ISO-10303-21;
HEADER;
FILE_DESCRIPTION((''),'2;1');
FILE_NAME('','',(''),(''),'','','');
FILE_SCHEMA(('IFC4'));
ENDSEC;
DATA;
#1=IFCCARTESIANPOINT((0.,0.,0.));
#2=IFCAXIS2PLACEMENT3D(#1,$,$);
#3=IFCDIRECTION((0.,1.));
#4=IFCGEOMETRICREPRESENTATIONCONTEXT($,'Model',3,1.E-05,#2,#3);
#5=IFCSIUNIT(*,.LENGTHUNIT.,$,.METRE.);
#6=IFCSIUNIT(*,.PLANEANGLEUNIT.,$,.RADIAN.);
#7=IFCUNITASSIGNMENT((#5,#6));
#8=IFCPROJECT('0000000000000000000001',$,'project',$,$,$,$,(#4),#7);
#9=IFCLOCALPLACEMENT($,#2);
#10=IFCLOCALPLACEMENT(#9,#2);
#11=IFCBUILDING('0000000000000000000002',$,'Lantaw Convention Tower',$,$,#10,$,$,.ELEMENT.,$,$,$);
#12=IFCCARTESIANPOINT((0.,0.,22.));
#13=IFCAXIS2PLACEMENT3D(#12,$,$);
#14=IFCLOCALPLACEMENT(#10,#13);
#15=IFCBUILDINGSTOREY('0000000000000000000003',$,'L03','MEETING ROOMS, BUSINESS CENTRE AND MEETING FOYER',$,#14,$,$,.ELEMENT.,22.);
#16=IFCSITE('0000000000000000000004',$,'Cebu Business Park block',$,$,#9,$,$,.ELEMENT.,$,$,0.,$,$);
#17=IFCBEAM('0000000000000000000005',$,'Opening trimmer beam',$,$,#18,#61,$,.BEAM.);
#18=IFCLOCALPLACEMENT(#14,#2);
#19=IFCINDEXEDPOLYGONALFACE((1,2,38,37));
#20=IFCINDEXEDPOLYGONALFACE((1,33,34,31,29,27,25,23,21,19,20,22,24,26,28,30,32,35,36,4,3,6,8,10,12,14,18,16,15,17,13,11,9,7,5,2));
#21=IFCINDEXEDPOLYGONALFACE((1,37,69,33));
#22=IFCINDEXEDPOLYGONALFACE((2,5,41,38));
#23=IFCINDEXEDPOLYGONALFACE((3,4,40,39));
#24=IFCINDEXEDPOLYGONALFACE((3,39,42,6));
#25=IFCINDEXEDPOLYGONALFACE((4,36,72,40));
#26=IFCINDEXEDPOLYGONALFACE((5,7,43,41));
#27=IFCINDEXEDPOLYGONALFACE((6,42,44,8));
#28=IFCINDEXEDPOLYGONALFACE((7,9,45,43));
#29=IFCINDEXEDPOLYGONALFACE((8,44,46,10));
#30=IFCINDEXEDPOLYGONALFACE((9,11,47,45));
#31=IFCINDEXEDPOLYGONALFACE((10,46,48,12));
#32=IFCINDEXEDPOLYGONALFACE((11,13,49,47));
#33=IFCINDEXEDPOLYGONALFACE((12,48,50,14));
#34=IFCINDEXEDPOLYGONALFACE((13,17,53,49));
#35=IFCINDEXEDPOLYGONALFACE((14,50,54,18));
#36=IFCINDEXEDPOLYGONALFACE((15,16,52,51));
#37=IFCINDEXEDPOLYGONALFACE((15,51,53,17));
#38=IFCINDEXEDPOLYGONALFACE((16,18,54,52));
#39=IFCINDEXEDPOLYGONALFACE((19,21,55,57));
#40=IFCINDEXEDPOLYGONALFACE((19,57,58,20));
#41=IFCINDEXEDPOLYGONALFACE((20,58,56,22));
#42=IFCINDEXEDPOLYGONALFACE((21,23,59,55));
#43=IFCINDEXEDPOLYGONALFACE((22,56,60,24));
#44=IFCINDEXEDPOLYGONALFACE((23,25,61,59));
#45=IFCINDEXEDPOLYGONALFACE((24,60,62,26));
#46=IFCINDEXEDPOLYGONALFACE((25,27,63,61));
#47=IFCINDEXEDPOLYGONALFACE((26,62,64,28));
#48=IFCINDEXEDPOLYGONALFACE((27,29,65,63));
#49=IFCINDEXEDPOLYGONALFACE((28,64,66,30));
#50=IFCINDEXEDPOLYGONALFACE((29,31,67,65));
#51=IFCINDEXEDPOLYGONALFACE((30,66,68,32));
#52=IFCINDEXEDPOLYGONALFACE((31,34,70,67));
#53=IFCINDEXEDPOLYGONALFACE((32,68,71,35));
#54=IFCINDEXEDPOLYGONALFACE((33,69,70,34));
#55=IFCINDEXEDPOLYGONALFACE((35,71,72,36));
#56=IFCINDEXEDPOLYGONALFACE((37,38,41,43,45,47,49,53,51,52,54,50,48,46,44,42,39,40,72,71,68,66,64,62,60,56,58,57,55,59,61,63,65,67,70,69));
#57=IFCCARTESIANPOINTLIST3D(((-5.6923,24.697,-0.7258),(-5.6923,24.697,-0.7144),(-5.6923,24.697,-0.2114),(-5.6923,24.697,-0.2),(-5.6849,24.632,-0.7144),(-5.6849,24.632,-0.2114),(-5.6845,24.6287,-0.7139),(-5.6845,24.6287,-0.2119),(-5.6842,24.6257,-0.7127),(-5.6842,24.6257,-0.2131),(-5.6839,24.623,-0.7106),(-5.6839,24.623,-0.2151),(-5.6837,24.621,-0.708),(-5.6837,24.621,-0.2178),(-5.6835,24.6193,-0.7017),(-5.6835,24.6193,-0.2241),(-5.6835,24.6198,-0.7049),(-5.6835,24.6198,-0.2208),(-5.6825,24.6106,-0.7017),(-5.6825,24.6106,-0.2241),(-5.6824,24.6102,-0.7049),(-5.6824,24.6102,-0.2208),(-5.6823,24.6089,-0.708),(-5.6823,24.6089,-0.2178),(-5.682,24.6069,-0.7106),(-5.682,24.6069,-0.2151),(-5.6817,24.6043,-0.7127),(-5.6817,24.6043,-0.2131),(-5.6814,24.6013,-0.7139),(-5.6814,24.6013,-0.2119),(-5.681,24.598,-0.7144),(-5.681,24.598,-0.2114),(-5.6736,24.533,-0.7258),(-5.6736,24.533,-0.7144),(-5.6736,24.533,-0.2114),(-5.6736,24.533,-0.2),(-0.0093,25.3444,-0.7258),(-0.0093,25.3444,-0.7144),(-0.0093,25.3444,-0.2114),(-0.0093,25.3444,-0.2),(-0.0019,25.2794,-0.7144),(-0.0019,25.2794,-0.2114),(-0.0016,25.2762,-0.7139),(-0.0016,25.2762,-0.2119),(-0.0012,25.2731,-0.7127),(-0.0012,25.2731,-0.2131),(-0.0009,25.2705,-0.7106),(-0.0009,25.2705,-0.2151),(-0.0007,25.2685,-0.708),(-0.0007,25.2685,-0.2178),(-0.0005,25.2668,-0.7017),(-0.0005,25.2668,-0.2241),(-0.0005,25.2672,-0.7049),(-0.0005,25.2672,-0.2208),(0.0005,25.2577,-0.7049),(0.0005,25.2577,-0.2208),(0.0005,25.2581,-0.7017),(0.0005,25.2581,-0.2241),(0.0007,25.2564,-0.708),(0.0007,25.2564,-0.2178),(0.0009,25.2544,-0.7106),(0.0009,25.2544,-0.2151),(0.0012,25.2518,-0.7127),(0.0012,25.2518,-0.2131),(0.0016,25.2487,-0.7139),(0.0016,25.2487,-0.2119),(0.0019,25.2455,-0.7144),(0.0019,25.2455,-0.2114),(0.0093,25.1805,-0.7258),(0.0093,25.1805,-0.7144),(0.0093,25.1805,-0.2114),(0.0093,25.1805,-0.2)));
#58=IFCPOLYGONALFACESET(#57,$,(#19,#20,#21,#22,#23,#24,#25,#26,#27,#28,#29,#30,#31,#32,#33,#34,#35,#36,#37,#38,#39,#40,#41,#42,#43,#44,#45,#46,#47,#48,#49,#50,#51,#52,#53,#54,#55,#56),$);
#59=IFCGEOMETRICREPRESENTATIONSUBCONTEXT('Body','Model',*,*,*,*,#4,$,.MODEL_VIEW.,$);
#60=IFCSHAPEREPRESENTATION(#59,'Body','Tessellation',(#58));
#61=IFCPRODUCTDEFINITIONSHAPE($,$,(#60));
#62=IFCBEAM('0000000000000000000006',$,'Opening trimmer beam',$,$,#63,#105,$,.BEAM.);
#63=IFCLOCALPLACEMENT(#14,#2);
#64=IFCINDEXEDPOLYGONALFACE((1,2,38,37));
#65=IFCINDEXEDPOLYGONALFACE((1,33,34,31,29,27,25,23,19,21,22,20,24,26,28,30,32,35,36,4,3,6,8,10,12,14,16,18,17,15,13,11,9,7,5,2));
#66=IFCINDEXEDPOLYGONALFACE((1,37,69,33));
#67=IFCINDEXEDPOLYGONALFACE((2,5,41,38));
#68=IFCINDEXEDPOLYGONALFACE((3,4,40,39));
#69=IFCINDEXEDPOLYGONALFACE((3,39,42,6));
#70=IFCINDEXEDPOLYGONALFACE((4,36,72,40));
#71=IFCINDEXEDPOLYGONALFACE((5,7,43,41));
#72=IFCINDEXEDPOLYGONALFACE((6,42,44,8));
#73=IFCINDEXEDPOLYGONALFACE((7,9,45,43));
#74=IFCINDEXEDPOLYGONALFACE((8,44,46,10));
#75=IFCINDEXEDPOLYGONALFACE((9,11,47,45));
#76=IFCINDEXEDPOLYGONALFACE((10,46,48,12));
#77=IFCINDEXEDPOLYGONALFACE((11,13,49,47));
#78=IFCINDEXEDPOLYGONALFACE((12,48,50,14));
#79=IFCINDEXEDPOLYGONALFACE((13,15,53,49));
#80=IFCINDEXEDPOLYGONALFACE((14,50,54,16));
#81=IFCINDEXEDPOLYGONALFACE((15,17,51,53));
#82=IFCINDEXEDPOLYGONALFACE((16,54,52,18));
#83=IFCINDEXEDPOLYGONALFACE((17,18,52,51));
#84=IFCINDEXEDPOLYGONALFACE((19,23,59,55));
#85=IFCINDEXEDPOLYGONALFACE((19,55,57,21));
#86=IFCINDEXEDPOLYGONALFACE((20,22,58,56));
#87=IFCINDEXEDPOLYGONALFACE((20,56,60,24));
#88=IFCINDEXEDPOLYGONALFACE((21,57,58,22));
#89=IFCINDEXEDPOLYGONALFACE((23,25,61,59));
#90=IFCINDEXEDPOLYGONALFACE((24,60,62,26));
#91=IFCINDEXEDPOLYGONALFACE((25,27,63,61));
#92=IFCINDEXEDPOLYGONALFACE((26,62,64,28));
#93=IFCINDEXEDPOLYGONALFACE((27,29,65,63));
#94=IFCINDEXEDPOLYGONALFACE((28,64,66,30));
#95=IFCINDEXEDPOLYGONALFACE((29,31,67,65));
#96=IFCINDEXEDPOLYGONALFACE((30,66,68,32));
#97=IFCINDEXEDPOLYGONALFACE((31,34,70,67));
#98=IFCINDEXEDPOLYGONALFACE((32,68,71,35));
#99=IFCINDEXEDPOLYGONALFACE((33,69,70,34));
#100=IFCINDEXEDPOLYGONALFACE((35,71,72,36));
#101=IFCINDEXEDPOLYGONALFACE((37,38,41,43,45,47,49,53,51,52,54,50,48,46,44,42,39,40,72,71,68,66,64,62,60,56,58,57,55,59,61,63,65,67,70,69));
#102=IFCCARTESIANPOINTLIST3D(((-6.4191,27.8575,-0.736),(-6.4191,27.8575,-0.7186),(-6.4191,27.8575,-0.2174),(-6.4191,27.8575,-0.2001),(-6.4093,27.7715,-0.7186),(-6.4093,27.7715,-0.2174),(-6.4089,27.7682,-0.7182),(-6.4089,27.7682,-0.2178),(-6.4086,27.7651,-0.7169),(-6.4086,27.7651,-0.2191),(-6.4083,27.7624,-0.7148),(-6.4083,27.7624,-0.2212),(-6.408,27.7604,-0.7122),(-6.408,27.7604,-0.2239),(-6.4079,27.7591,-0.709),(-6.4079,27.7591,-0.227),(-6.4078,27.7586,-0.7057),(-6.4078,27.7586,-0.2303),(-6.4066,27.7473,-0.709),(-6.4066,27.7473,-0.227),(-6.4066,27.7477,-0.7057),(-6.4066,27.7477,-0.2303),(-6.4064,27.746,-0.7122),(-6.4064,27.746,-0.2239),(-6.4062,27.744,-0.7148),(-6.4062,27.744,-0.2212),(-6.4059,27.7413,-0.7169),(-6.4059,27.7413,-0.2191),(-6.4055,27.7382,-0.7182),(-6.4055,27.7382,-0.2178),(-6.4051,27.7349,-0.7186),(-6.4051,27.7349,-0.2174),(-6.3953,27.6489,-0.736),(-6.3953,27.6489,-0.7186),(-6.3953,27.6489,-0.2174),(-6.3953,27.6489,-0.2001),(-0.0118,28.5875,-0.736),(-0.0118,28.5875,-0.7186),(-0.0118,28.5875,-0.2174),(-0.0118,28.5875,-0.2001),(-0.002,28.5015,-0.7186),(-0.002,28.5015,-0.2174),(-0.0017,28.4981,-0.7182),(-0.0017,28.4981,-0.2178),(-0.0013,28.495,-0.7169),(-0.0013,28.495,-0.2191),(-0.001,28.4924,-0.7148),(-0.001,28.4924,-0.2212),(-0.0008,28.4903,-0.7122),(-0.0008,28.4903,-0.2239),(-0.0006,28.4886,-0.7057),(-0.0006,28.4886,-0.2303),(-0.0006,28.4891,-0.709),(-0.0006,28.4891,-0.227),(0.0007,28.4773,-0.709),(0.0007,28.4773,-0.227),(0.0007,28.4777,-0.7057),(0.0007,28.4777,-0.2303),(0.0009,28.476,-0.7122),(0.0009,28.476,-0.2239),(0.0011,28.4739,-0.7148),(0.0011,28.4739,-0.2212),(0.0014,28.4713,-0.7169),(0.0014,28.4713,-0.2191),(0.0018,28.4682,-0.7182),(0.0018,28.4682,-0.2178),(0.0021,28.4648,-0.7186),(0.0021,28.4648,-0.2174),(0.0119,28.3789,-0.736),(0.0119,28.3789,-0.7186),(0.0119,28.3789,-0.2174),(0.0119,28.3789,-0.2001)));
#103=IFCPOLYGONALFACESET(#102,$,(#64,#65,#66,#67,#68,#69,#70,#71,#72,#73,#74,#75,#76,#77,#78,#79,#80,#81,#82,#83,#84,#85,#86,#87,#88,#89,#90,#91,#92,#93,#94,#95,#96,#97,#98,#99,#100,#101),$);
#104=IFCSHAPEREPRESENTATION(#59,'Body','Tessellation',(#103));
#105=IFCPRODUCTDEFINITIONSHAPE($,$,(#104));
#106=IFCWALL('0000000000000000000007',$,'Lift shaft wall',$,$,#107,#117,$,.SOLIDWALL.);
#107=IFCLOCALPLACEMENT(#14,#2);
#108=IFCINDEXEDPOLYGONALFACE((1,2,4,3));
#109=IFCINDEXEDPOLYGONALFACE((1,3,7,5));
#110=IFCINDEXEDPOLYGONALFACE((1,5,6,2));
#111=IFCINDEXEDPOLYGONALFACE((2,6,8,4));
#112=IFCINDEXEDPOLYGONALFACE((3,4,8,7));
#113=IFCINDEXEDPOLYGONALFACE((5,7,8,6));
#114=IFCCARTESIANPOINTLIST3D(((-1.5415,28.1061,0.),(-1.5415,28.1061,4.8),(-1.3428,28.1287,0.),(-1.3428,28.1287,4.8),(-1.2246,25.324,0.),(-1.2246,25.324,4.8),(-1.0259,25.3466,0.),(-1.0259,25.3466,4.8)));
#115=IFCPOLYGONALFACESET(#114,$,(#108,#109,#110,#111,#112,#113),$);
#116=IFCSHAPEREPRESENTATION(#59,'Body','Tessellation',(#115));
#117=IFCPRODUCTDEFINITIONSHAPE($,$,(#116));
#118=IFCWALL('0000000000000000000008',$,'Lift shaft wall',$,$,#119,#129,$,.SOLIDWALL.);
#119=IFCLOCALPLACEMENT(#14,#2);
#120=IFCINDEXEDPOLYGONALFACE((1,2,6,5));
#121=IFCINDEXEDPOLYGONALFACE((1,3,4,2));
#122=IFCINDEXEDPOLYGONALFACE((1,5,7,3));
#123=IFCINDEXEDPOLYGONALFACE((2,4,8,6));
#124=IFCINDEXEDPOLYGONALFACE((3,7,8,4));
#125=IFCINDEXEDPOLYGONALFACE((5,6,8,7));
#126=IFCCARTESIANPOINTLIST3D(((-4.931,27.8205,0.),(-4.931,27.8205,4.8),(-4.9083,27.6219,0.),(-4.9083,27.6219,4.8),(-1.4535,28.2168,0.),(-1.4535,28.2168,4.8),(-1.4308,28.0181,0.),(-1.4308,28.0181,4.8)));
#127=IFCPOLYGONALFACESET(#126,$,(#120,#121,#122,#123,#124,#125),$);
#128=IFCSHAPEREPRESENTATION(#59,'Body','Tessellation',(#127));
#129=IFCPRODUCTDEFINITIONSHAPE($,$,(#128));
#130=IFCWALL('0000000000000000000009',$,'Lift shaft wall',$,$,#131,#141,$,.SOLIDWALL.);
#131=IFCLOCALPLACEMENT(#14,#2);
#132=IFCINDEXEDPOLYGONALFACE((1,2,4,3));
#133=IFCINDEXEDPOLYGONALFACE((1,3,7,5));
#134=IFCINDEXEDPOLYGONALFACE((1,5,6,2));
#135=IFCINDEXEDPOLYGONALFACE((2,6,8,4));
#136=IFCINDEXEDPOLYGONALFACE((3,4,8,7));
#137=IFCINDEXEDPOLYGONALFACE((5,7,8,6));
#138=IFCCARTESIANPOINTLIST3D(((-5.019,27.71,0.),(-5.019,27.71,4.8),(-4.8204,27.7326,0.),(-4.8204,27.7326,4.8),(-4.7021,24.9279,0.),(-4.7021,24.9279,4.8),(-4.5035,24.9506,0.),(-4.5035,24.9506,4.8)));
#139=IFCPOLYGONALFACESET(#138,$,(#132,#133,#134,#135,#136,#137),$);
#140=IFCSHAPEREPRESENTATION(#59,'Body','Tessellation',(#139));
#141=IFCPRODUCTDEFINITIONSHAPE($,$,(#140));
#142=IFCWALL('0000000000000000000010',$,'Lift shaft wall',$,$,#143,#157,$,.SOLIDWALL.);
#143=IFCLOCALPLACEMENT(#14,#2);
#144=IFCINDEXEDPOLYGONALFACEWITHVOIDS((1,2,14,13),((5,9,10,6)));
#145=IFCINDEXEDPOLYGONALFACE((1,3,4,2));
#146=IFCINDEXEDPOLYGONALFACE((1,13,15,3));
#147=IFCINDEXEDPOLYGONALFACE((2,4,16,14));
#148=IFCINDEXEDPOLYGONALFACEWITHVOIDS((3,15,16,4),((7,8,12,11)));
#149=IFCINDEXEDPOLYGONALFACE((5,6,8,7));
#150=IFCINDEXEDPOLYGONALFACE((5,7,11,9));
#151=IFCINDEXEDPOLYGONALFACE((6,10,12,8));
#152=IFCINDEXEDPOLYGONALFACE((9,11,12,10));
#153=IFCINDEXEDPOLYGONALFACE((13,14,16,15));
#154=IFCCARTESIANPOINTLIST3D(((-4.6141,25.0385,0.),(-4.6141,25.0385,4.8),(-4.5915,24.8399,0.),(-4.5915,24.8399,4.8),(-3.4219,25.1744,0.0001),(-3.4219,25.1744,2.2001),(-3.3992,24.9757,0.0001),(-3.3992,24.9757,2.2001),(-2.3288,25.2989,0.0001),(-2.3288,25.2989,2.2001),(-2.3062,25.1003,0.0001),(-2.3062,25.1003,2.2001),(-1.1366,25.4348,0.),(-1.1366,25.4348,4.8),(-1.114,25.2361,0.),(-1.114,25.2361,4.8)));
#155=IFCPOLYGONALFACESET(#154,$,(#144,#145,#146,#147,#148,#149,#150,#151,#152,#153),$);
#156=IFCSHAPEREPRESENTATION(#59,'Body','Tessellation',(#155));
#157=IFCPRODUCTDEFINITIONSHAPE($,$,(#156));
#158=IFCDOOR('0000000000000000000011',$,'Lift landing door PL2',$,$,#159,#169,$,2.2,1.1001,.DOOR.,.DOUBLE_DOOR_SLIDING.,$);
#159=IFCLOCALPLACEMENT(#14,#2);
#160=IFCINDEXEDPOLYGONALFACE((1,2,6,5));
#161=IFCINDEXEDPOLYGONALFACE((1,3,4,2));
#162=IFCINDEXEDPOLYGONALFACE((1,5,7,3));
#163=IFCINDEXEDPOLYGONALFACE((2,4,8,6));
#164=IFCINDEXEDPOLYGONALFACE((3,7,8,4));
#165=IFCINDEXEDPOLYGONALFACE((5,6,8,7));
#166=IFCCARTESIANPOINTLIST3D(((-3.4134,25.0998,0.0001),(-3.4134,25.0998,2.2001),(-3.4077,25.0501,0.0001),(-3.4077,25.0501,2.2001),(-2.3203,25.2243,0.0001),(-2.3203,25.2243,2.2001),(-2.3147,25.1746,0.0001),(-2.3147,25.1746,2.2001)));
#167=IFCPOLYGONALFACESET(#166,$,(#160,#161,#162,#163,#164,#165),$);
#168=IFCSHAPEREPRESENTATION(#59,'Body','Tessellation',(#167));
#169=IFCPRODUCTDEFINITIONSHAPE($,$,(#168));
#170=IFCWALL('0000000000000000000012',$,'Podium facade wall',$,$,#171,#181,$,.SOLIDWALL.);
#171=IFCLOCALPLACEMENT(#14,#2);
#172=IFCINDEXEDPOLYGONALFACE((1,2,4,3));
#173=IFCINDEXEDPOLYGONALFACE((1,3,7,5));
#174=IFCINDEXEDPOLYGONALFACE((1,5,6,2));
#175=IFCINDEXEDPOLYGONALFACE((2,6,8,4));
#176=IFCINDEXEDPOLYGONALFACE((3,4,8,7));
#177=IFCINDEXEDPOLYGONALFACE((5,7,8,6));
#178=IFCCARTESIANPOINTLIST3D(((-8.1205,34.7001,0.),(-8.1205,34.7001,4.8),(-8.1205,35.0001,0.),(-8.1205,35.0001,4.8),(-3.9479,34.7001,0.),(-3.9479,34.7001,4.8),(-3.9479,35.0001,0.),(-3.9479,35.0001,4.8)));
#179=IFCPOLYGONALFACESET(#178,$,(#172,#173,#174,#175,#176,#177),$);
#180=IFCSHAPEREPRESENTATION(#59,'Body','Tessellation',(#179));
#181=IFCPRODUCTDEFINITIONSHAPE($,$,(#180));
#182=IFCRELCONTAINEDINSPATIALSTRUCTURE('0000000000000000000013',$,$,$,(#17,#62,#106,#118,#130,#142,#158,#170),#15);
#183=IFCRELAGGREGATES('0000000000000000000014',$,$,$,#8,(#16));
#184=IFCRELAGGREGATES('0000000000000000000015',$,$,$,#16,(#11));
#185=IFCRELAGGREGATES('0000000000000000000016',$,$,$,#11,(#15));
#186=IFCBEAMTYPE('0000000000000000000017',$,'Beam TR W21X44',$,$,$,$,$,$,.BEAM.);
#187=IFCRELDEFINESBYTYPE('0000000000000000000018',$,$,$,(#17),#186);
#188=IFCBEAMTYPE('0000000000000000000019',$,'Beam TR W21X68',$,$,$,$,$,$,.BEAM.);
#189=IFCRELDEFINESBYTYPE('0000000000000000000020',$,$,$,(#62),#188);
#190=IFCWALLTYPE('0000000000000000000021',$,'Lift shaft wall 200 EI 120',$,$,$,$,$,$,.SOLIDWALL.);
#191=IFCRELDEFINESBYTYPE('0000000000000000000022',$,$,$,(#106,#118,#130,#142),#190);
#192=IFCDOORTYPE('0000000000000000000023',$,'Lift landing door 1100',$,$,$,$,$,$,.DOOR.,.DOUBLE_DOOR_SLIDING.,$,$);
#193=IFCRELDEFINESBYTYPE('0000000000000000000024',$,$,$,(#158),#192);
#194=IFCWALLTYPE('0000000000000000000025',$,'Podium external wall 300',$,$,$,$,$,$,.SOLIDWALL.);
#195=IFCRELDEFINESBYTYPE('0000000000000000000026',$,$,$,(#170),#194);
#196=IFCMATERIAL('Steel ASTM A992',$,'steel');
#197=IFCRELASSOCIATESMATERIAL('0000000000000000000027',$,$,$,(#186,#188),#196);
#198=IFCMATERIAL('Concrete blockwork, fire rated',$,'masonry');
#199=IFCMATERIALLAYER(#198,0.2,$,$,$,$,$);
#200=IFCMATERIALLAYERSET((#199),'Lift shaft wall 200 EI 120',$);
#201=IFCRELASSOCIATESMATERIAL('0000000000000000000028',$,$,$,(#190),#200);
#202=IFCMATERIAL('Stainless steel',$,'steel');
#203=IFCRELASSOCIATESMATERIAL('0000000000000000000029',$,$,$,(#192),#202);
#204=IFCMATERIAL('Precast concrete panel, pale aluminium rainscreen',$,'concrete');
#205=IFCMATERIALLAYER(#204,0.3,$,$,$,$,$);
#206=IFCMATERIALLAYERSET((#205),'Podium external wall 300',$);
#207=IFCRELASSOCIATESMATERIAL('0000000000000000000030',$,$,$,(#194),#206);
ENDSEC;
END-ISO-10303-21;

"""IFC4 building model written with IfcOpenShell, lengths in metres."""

from ifc_helpers import new_model, si_unit, direction, frame, frame_2d, origin, origin_2d, place, context, subcontext, project, spatial, rectangle, i_section, extrude, material, layer, layer_set, material_profile, profile_set, type_object, element, fill, save


model = new_model("IFC4")

# Units and contexts
model_context = context("Model", 3, precision=1e-05, world=origin(), true_north=direction((0.0, 1.0)))
body_context = subcontext(model_context, "Body", "Model", "MODEL_VIEW")
ifc_project = project(units=[si_unit("LENGTHUNIT", "METRE"), si_unit("PLANEANGLEUNIT", "RADIAN")], contexts=[model_context])

# Site, building, storey
site_placement = place(None, origin())
site = spatial("IfcSite", under=ifc_project, at=site_placement, Name="Cebu Business Park block", CompositionType="ELEMENT", RefElevation=0.0)
building_placement = place(site_placement, origin())
building = spatial("IfcBuilding", under=site, at=building_placement, Name="Lantaw Convention Tower", CompositionType="ELEMENT")
storey_placement = place(building_placement, frame((0.0, 0.0, 22.0)))
storey = spatial("IfcBuildingStorey", under=building, at=storey_placement, Name="L03", Description="MEETING ROOMS, BUSINESS CENTRE AND MEETING FOYER", CompositionType="ELEMENT", Elevation=22.0)

# Beams
ifc_material_1 = material(Name="Steel ASTM A992", Category="steel")
ifc_material_profile_1 = material_profile(ifc_material_1, i_section(OverallWidth=0.165, OverallDepth=0.5259, WebThickness=0.0088, FlangeThickness=0.0115, FilletRadius=0.0127, at=origin_2d()), Name="W21X44")
ifc_profile_set_1 = profile_set([ifc_material_profile_1], Name="Steel ASTM A992")
beam_type_1 = type_object("IfcBeamType", Name="Beam TR W21X44", PredefinedType="BEAM", material=ifc_profile_set_1)
beam_1_placement = place(storey_placement, frame((0.0, 25.2625, -0.4629), z_axis=(-0.993572, -0.1132, 0.0), x_axis=(0.1132, -0.993572, 0.0)))
element("IfcBeam", 1, at=beam_1_placement, inside=storey, type_object=beam_type_1, Name="Opening trimmer beam", PredefinedType="BEAM", context=body_context, shape_type="SweptSolid", body=[
    extrude(i_section(OverallWidth=0.165, OverallDepth=0.5259, WebThickness=0.0088, FlangeThickness=0.0115, FilletRadius=0.0127, at=origin_2d()), origin(), (0.0, 0.0, 1.0), 5.7197),
])
ifc_material_profile_2 = material_profile(ifc_material_1, i_section(OverallWidth=0.21, OverallDepth=0.5359, WebThickness=0.011, FlangeThickness=0.0173, FilletRadius=0.0129, at=origin_2d()), Name="W21X68")
ifc_profile_set_2 = profile_set([ifc_material_profile_2], Name="Steel ASTM A992")
beam_type_2 = type_object("IfcBeamType", Name="Beam TR W21X68", PredefinedType="BEAM", material=ifc_profile_set_2)
beam_2_placement = place(storey_placement, frame((-6.4072, 27.7532, -0.468), z_axis=(0.993572, 0.113199, 0.0), x_axis=(-0.113199, 0.993572, 0.0)))
element("IfcBeam", 2, at=beam_2_placement, inside=storey, type_object=beam_type_2, Name="Opening trimmer beam", PredefinedType="BEAM", context=body_context, shape_type="SweptSolid", body=[
    extrude(i_section(OverallWidth=0.21, OverallDepth=0.5359, WebThickness=0.011, FlangeThickness=0.0173, FilletRadius=0.0129, at=origin_2d()), origin(), (0.0, 0.0, 1.0), 6.4487),
])

# Walls
ifc_material_2 = material(Name="Concrete blockwork, fire rated", Category="masonry")
ifc_layer_1 = layer(ifc_material_2, 0.2)
ifc_layer_set_1 = layer_set([ifc_layer_1], Name="Lift shaft wall 200 EI 120")
wall_type_1 = type_object("IfcWallType", Name="Lift shaft wall 200 EI 120", PredefinedType="SOLIDWALL", material=ifc_layer_set_1)
wall_1_placement = place(storey_placement, frame((-1.1252, 25.3354, 0.0), z_axis=(0.0, 0.0, 1.0), x_axis=(-0.113178, 0.993575, 0.0)))
element("IfcWall", 3, at=wall_1_placement, inside=storey, type_object=wall_type_1, Name="Lift shaft wall", PredefinedType="SOLIDWALL", context=body_context, shape_type="SweptSolid", body=[
    extrude(rectangle(XDim=2.8, YDim=0.2, at=frame_2d((1.3999, 0.0))), origin(), (0.0, 0.0, 1.0), 4.8),
])
wall_2_placement = place(storey_placement, frame((-1.4421, 28.1174, 0.0), z_axis=(0.0, 0.0, 1.0), x_axis=(-0.993571, -0.11321, 0.0)))
element("IfcWall", 4, at=wall_2_placement, inside=storey, type_object=wall_type_1, Name="Lift shaft wall", PredefinedType="SOLIDWALL", context=body_context, shape_type="SweptSolid", body=[
    extrude(rectangle(XDim=3.5, YDim=0.2, at=frame_2d((1.75, 0.0))), origin(), (0.0, 0.0, 1.0), 4.8),
])
wall_3_placement = place(storey_placement, frame((-4.9197, 27.7212, 0.0), z_axis=(0.0, 0.0, 1.0), x_axis=(0.113178, -0.993575, 0.0)))
element("IfcWall", 5, at=wall_3_placement, inside=storey, type_object=wall_type_1, Name="Lift shaft wall", PredefinedType="SOLIDWALL", context=body_context, shape_type="SweptSolid", body=[
    extrude(rectangle(XDim=2.8, YDim=0.2, at=frame_2d((1.3999, 0.0))), origin(), (0.0, 0.0, 1.0), 4.8),
])

# Wall, opening, door
wall_4_placement = place(storey_placement, frame((-4.6028, 24.9392, 0.0), z_axis=(0.0, 0.0, 1.0), x_axis=(0.993571, 0.11321, 0.0)))
wall_4 = element("IfcWall", 6, at=wall_4_placement, inside=storey, type_object=wall_type_1, Name="Lift shaft wall", PredefinedType="SOLIDWALL", context=body_context, shape_type="SweptSolid", body=[
    extrude(rectangle(XDim=3.5, YDim=0.2, at=frame_2d((1.75, 0.0))), origin(), (0.0, 0.0, 1.0), 4.8),
])
opening_1_placement = place(wall_4_placement, frame((1.2, 0.0, 0.0)))
opening_1 = element("IfcOpeningElement", 7, at=opening_1_placement, cuts=wall_4, PredefinedType="OPENING", context=body_context, shape_type="SweptSolid", body=[
    extrude(rectangle(XDim=1.1001, YDim=2.2, at=frame_2d((0.55, 1.1001))), frame((0.0, 0.1099, 0.0), z_axis=(0.0, -1.0, 0.0), x_axis=(1.0, 0.0, 0.0)), (0.0, 0.0, 1.0), 0.22),
])
ifc_material_3 = material(Name="Stainless steel", Category="steel")
door_type = type_object("IfcDoorType", Name="Lift landing door 1100", OperationType="DOUBLE_DOOR_SLIDING", PredefinedType="DOOR", material=ifc_material_3)
door_placement = place(opening_1_placement, origin())
door = element("IfcDoor", 8, at=door_placement, inside=storey, type_object=door_type, Name="Lift landing door PL2", OperationType="DOUBLE_DOOR_SLIDING", OverallHeight=2.2, OverallWidth=1.1001, PredefinedType="DOOR", context=body_context, shape_type="SweptSolid", body=[
    extrude(rectangle(XDim=1.1001, YDim=2.2, at=frame_2d((0.55, 1.1001))), frame((0.0, 0.0249, 0.0), z_axis=(0.0, -1.0, 0.0), x_axis=(1.0, 0.0, 0.0)), (0.0, 0.0, 1.0), 0.05),
])
fill(opening_1, door)

# Wall
ifc_material_4 = material(Name="Precast concrete panel, pale aluminium rainscreen", Category="concrete")
ifc_layer_2 = layer(ifc_material_4, 0.3)
ifc_layer_set_2 = layer_set([ifc_layer_2], Name="Podium external wall 300")
wall_type_2 = type_object("IfcWallType", Name="Podium external wall 300", PredefinedType="SOLIDWALL", material=ifc_layer_set_2)
wall_5_placement = place(storey_placement, frame((-3.9478, 34.8501, 0.0), z_axis=(0.0, 0.0, 1.0), x_axis=(-1.0, 0.0, 0.0)))
element("IfcWall", 9, at=wall_5_placement, inside=storey, type_object=wall_type_2, Name="Podium facade wall", PredefinedType="SOLIDWALL", context=body_context, shape_type="SweptSolid", body=[
    extrude(rectangle(XDim=4.1726, YDim=0.3, at=frame_2d((2.0864, 0.0))), origin(), (0.0, 0.0, 1.0), 4.8),
])

save(model, "model.ifc")
